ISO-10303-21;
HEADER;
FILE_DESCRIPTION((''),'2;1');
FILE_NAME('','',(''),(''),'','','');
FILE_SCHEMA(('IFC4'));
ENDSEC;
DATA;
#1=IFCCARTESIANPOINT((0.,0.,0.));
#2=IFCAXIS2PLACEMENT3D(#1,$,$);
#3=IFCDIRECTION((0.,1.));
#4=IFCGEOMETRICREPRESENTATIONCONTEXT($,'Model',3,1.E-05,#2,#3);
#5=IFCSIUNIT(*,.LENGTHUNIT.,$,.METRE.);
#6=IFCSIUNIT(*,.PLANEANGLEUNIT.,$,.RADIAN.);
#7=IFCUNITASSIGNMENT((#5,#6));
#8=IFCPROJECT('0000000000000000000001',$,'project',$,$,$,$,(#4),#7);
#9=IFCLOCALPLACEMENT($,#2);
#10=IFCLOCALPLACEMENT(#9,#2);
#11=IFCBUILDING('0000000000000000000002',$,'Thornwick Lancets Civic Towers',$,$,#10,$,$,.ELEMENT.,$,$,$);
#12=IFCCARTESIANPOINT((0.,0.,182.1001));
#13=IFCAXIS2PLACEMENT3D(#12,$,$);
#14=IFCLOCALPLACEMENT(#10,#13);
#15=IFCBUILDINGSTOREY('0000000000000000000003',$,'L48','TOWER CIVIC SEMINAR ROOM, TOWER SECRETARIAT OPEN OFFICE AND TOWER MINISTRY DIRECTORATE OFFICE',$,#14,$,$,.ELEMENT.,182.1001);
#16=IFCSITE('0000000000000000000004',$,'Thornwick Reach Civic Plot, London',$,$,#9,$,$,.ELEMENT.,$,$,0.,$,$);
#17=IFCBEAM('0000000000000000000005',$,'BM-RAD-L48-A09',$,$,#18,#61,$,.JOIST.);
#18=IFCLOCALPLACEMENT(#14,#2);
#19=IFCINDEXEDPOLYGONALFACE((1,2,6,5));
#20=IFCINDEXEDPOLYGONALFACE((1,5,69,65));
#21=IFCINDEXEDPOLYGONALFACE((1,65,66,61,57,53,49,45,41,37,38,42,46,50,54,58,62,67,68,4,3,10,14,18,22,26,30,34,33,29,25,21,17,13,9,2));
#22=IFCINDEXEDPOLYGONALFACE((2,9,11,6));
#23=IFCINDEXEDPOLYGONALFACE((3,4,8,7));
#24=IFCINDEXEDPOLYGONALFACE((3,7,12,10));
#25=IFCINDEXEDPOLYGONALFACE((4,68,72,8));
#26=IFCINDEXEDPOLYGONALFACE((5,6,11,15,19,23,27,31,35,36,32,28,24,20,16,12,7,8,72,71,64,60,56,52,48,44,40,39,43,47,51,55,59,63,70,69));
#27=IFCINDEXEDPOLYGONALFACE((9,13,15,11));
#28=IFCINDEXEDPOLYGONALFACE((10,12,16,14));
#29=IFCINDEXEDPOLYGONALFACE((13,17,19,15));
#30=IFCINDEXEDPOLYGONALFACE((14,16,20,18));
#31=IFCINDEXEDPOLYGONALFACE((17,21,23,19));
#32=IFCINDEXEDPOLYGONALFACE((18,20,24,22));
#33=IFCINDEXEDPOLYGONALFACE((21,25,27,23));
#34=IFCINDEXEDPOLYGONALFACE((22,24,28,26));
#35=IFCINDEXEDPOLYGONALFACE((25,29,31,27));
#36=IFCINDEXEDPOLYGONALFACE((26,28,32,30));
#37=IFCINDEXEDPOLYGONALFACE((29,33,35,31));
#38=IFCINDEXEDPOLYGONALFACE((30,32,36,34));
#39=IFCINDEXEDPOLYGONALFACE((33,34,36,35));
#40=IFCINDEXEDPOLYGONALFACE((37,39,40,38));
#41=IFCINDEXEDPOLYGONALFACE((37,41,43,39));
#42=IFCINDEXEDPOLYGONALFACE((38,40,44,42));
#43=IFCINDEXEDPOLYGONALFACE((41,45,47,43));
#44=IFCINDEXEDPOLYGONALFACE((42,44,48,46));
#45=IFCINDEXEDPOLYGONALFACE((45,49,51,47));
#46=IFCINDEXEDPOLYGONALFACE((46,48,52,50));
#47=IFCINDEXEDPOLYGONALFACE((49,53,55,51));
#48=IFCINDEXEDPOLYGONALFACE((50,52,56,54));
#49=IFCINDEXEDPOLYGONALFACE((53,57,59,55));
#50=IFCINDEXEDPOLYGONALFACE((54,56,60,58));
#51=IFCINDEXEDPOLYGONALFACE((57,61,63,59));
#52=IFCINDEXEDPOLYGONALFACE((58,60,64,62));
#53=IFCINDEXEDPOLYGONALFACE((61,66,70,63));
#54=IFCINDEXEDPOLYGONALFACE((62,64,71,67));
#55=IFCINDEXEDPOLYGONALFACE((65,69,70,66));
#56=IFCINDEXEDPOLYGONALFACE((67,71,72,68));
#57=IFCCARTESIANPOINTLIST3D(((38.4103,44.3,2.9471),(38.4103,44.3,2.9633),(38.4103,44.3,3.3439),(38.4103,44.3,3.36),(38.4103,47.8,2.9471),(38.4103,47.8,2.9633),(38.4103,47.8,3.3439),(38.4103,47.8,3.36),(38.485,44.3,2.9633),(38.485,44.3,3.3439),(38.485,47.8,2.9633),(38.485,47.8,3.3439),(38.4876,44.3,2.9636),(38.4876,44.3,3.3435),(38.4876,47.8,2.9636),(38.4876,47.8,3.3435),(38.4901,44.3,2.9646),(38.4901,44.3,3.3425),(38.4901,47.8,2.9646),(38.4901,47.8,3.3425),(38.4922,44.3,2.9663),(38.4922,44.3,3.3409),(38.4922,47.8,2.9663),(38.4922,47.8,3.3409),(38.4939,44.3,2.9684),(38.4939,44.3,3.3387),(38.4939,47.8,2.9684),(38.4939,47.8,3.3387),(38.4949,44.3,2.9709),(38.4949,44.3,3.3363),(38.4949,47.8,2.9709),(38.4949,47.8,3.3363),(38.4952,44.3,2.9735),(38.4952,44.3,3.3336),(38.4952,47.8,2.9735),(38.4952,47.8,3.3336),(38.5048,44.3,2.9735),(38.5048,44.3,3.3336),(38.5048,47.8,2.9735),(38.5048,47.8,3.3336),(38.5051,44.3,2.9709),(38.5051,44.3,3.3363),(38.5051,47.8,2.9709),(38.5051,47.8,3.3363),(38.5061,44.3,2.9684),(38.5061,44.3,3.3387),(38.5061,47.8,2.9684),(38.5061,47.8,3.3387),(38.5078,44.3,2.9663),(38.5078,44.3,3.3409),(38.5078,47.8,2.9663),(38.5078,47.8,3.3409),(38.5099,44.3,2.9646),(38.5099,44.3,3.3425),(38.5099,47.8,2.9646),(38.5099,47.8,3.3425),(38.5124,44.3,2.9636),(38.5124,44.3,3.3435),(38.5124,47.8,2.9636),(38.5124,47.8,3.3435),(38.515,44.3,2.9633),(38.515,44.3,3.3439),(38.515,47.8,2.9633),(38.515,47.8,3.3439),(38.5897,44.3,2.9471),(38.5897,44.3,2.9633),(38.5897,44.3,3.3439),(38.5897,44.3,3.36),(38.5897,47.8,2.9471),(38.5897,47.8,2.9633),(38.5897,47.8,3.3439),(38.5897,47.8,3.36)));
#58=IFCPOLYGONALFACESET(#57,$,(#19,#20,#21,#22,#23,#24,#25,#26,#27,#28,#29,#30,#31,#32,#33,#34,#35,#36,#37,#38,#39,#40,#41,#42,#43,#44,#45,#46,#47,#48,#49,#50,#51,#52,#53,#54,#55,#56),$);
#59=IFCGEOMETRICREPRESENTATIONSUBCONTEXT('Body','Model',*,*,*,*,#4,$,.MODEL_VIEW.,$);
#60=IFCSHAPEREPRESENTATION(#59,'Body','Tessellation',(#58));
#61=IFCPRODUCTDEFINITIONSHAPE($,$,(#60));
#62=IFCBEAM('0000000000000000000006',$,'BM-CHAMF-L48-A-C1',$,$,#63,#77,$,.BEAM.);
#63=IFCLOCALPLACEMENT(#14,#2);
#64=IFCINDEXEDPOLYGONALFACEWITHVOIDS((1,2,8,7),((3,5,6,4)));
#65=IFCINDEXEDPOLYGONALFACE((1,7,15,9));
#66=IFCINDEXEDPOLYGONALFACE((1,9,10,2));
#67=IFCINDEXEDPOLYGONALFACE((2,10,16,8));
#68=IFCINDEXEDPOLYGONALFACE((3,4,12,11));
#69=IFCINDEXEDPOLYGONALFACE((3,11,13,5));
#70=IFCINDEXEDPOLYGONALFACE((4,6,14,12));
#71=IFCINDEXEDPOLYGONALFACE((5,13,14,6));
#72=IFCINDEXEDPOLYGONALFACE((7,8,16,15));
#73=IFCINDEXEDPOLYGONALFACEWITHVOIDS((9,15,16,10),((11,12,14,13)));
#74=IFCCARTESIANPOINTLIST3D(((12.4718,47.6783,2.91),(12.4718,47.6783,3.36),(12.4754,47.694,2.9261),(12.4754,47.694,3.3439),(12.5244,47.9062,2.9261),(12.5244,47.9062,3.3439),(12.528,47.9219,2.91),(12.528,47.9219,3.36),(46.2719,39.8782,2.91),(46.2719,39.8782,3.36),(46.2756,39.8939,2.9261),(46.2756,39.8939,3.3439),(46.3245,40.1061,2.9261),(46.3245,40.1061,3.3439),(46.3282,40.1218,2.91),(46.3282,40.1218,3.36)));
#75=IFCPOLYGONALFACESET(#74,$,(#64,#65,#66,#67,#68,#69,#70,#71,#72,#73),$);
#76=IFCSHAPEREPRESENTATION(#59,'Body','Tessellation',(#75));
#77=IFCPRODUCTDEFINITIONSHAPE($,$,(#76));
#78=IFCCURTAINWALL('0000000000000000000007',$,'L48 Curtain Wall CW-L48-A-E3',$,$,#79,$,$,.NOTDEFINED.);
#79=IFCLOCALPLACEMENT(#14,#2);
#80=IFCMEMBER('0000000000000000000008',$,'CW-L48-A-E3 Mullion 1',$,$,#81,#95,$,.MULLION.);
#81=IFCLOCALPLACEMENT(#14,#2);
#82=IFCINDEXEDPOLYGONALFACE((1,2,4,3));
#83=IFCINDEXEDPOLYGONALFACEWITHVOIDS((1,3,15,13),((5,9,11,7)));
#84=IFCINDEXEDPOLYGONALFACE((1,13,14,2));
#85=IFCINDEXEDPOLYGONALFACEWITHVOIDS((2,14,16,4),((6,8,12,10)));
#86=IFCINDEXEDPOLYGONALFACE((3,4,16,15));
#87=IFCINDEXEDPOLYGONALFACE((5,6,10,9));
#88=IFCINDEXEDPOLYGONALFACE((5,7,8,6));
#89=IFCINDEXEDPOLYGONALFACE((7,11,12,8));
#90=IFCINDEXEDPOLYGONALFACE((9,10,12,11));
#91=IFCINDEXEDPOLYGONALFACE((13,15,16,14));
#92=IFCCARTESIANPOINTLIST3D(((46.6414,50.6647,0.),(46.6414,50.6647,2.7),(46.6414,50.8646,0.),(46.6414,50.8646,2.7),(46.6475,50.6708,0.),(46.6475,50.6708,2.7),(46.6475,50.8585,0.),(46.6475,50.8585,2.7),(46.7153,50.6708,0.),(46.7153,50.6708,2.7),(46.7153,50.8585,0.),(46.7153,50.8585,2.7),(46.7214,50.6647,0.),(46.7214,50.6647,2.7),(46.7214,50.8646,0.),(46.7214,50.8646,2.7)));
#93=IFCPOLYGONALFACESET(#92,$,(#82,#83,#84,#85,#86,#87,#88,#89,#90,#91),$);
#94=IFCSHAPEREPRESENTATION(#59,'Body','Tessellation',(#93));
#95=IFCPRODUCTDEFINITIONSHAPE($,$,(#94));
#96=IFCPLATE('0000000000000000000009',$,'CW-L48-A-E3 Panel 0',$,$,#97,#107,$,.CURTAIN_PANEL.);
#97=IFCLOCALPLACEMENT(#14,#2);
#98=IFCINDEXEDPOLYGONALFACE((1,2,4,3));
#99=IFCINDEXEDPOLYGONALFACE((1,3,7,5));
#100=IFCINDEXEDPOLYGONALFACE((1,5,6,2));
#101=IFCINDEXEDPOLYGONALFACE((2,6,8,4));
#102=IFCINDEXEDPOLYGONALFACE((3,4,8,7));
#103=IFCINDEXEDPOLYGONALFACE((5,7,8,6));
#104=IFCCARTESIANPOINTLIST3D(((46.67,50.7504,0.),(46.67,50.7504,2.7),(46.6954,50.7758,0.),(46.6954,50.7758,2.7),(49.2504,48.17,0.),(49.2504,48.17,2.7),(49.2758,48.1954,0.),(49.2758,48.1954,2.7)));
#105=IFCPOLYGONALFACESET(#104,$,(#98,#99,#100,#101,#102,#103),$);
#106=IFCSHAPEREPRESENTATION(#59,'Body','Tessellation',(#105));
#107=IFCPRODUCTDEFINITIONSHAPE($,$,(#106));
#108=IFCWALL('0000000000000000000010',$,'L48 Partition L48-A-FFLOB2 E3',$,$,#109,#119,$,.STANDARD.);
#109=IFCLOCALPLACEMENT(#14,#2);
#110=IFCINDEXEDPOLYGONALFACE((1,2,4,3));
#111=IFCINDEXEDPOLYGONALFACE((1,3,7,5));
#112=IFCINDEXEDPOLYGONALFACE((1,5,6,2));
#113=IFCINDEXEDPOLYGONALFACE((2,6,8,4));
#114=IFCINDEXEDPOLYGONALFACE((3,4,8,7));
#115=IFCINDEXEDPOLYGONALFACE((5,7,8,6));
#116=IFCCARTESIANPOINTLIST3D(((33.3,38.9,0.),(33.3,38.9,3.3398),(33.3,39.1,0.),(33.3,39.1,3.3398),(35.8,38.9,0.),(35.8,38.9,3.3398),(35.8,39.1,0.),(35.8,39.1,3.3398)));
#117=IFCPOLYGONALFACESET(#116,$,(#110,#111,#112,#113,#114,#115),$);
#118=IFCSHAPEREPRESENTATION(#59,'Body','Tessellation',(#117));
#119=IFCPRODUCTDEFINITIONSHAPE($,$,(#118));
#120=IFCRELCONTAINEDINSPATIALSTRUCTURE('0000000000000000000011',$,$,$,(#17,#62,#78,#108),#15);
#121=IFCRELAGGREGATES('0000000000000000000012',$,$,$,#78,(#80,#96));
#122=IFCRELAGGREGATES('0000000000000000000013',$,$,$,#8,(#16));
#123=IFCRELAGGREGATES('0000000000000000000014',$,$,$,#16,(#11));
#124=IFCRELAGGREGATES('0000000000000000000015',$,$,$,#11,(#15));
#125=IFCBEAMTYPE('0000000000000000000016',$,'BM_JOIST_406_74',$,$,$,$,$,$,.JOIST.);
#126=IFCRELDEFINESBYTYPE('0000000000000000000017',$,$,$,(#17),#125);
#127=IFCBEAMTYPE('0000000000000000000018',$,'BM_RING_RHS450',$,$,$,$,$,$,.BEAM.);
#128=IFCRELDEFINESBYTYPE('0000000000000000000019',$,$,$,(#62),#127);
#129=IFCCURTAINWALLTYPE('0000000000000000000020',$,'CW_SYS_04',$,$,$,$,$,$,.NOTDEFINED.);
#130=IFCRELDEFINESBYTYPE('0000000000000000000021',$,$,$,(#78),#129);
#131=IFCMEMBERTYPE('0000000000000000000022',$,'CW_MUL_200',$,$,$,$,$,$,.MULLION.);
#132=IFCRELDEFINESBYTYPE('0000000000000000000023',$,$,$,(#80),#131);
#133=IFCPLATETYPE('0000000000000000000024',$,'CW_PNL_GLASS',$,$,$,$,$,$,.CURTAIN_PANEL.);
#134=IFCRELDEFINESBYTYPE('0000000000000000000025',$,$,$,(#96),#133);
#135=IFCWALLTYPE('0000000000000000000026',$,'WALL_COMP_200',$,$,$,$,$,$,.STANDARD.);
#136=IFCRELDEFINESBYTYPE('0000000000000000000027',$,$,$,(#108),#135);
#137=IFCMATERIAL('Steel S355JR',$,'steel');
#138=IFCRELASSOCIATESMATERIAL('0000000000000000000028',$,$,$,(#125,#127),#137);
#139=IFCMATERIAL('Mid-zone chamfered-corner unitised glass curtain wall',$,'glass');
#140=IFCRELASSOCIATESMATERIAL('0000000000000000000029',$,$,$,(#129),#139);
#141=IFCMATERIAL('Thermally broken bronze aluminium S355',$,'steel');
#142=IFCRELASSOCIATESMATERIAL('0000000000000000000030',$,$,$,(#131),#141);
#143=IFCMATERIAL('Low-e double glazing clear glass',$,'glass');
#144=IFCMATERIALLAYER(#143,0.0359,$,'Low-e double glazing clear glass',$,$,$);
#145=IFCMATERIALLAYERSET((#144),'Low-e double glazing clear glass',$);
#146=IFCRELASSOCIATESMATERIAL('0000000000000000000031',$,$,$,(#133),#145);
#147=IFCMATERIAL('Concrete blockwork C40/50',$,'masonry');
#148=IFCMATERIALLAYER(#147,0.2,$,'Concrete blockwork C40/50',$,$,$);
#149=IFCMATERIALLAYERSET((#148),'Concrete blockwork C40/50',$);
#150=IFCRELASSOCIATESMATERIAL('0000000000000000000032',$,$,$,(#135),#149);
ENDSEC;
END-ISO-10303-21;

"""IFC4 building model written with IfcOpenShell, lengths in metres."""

from ifc_helpers import new_model, si_unit, direction, frame, frame_2d, origin, origin_2d, place, context, subcontext, project, spatial, rectangle, hollow_rectangle, i_section, extrude, material, layer, layer_set, material_profile, profile_set, type_object, element, aggregate, save


model = new_model("IFC4")

# Units and contexts
model_context = context("Model", 3, precision=1e-05, world=origin(), true_north=direction((0.0, 1.0)))
body_context = subcontext(model_context, "Body", "Model", "MODEL_VIEW")
ifc_project = project(units=[si_unit("LENGTHUNIT", "METRE"), si_unit("PLANEANGLEUNIT", "RADIAN")], contexts=[model_context])

# Site, building, storey
site_placement = place(None, origin())
site = spatial("IfcSite", under=ifc_project, at=site_placement, Name="Thornwick Reach Civic Plot, London", CompositionType="ELEMENT", RefElevation=0.0)
building_placement = place(site_placement, origin())
building = spatial("IfcBuilding", under=site, at=building_placement, Name="Thornwick Lancets Civic Towers", CompositionType="ELEMENT")
storey_placement = place(building_placement, frame((0.0, 0.0, 182.1001)))
storey = spatial("IfcBuildingStorey", under=building, at=storey_placement, Name="L48", Description="TOWER CIVIC SEMINAR ROOM, TOWER SECRETARIAT OPEN OFFICE AND TOWER MINISTRY DIRECTORATE OFFICE", CompositionType="ELEMENT", Elevation=182.1001)

# Beams
ifc_material_1 = material(Name="Steel S355JR", Category="steel")
ifc_material_profile_1 = material_profile(ifc_material_1, i_section(OverallWidth=0.1794, OverallDepth=0.4128, WebThickness=0.0095, FlangeThickness=0.0161, FilletRadius=0.0103, at=origin_2d()), Name="UKB 406x178x74")
ifc_profile_set_1 = profile_set([ifc_material_profile_1], Name="Steel S355JR")
beam_type_1 = type_object("IfcBeamType", Name="BM_JOIST_406_74", PredefinedType="JOIST", material=ifc_profile_set_1)
for number, where, z_axis, x_axis, name in (
    (1, (38.5, 44.3, 3.1536), (0.0, 1.0, 0.0), (-1.0, 0.0, 0.0), "BM-RAD-L48-A09"),
):
    element("IfcBeam", number, at=place(storey_placement, frame(where, z_axis=z_axis, x_axis=x_axis)), inside=storey, type_object=beam_type_1, Name=name, PredefinedType="JOIST", context=body_context, shape_type="SweptSolid", body=[
        extrude(i_section(OverallWidth=0.1794, OverallDepth=0.4128, WebThickness=0.0095, FlangeThickness=0.0161, FilletRadius=0.0103, at=origin_2d()), origin(), (0.0, 0.0, 1.0), 3.5),
    ])
ifc_material_profile_2 = material_profile(ifc_material_1, hollow_rectangle(XDim=0.25, YDim=0.45, WallThickness=0.0161, at=origin_2d()), Name="RHS 450x250x16")
ifc_profile_set_2 = profile_set([ifc_material_profile_2], Name="Steel S355JR")
beam_type_2 = type_object("IfcBeamType", Name="BM_RING_RHS450", PredefinedType="BEAM", material=ifc_profile_set_2)
beam_placement = place(storey_placement, frame((46.3, 40.0, 3.135), z_axis=(-0.974391, 0.224861, 0.0), x_axis=(-0.224861, -0.974391, 0.0)))
element("IfcBeam", 2, at=beam_placement, inside=storey, type_object=beam_type_2, Name="BM-CHAMF-L48-A-C1", PredefinedType="BEAM", context=body_context, shape_type="SweptSolid", body=[
    extrude(hollow_rectangle(XDim=0.25, YDim=0.45, WallThickness=0.0161, at=origin_2d()), origin(), (0.0, 0.0, 1.0), 34.6885),
])

# Curtain wall, member, plate
ifc_material_2 = material(Name="Mid-zone chamfered-corner unitised glass curtain wall", Category="glass")
curtain_wall_type = type_object("IfcCurtainWallType", Name="CW_SYS_04", PredefinedType="NOTDEFINED", material=ifc_material_2)
curtain_wall_placement = place(storey_placement, origin())
curtain_wall = element("IfcCurtainWall", 3, at=curtain_wall_placement, inside=storey, type_object=curtain_wall_type, Name="L48 Curtain Wall CW-L48-A-E3", PredefinedType="NOTDEFINED")
ifc_material_3 = material(Name="Thermally broken bronze aluminium S355", Category="steel")
ifc_material_profile_3 = material_profile(ifc_material_3, hollow_rectangle(XDim=0.0801, YDim=0.2, WallThickness=0.0061, at=origin_2d()), Name="RHS 200x80x6")
ifc_profile_set_3 = profile_set([ifc_material_profile_3], Name="Thermally broken bronze aluminium S355")
member_type = type_object("IfcMemberType", Name="CW_MUL_200", PredefinedType="MULLION", material=ifc_profile_set_3)
member_placement = place(storey_placement, frame((46.6814, 50.7646, 0.0), z_axis=(0.0, 0.0, 1.0), x_axis=(1.0, 0.0, 0.0)))
member = element("IfcMember", 4, at=member_placement, type_object=member_type, Name="CW-L48-A-E3 Mullion 1", PredefinedType="MULLION", context=body_context, shape_type="SweptSolid", body=[
    extrude(hollow_rectangle(XDim=0.0801, YDim=0.2, WallThickness=0.0061, at=origin_2d()), origin(), (0.0, 0.0, 1.0), 2.7),
])
ifc_material_4 = material(Name="Low-e double glazing clear glass", Category="glass")
ifc_layer_1 = layer(ifc_material_4, 0.0359, Name="Low-e double glazing clear glass")
ifc_layer_set_1 = layer_set([ifc_layer_1], Name="Low-e double glazing clear glass")
plate_type = type_object("IfcPlateType", Name="CW_PNL_GLASS", PredefinedType="CURTAIN_PANEL", material=ifc_layer_set_1)
plate_placement = place(storey_placement, frame((47.9729, 49.4729, 0.0), z_axis=(0.0, 0.0, 1.0), x_axis=(-0.707107, 0.707107, 0.0)))
plate = element("IfcPlate", 5, at=plate_placement, type_object=plate_type, Name="CW-L48-A-E3 Panel 0", PredefinedType="CURTAIN_PANEL", context=body_context, shape_type="SweptSolid", body=[
    extrude(rectangle(XDim=3.6492, YDim=0.0359, at=origin_2d()), origin(), (0.0, 0.0, 1.0), 2.7),
])
aggregate(curtain_wall, [member, plate])

# Wall
ifc_material_5 = material(Name="Concrete blockwork C40/50", Category="masonry")
ifc_layer_2 = layer(ifc_material_5, 0.2, Name="Concrete blockwork C40/50")
ifc_layer_set_2 = layer_set([ifc_layer_2], Name="Concrete blockwork C40/50")
wall_type_1 = type_object("IfcWallType", Name="WALL_COMP_200", PredefinedType="STANDARD", material=ifc_layer_set_2)
wall_1_placement = place(storey_placement, frame((35.8, 39.0, 0.0), z_axis=(0.0, 0.0, 1.0), x_axis=(-1.0, 0.0, 0.0)))
element("IfcWall", 6, at=wall_1_placement, inside=storey, type_object=wall_type_1, Name="L48 Partition L48-A-FFLOB2 E3", PredefinedType="STANDARD", context=body_context, shape_type="SweptSolid", body=[
    extrude(rectangle(XDim=2.5, YDim=0.2, at=frame_2d((1.25, 0.0))), origin(), (0.0, 0.0, 1.0), 3.3398),
])

save(model, "model.ifc")
